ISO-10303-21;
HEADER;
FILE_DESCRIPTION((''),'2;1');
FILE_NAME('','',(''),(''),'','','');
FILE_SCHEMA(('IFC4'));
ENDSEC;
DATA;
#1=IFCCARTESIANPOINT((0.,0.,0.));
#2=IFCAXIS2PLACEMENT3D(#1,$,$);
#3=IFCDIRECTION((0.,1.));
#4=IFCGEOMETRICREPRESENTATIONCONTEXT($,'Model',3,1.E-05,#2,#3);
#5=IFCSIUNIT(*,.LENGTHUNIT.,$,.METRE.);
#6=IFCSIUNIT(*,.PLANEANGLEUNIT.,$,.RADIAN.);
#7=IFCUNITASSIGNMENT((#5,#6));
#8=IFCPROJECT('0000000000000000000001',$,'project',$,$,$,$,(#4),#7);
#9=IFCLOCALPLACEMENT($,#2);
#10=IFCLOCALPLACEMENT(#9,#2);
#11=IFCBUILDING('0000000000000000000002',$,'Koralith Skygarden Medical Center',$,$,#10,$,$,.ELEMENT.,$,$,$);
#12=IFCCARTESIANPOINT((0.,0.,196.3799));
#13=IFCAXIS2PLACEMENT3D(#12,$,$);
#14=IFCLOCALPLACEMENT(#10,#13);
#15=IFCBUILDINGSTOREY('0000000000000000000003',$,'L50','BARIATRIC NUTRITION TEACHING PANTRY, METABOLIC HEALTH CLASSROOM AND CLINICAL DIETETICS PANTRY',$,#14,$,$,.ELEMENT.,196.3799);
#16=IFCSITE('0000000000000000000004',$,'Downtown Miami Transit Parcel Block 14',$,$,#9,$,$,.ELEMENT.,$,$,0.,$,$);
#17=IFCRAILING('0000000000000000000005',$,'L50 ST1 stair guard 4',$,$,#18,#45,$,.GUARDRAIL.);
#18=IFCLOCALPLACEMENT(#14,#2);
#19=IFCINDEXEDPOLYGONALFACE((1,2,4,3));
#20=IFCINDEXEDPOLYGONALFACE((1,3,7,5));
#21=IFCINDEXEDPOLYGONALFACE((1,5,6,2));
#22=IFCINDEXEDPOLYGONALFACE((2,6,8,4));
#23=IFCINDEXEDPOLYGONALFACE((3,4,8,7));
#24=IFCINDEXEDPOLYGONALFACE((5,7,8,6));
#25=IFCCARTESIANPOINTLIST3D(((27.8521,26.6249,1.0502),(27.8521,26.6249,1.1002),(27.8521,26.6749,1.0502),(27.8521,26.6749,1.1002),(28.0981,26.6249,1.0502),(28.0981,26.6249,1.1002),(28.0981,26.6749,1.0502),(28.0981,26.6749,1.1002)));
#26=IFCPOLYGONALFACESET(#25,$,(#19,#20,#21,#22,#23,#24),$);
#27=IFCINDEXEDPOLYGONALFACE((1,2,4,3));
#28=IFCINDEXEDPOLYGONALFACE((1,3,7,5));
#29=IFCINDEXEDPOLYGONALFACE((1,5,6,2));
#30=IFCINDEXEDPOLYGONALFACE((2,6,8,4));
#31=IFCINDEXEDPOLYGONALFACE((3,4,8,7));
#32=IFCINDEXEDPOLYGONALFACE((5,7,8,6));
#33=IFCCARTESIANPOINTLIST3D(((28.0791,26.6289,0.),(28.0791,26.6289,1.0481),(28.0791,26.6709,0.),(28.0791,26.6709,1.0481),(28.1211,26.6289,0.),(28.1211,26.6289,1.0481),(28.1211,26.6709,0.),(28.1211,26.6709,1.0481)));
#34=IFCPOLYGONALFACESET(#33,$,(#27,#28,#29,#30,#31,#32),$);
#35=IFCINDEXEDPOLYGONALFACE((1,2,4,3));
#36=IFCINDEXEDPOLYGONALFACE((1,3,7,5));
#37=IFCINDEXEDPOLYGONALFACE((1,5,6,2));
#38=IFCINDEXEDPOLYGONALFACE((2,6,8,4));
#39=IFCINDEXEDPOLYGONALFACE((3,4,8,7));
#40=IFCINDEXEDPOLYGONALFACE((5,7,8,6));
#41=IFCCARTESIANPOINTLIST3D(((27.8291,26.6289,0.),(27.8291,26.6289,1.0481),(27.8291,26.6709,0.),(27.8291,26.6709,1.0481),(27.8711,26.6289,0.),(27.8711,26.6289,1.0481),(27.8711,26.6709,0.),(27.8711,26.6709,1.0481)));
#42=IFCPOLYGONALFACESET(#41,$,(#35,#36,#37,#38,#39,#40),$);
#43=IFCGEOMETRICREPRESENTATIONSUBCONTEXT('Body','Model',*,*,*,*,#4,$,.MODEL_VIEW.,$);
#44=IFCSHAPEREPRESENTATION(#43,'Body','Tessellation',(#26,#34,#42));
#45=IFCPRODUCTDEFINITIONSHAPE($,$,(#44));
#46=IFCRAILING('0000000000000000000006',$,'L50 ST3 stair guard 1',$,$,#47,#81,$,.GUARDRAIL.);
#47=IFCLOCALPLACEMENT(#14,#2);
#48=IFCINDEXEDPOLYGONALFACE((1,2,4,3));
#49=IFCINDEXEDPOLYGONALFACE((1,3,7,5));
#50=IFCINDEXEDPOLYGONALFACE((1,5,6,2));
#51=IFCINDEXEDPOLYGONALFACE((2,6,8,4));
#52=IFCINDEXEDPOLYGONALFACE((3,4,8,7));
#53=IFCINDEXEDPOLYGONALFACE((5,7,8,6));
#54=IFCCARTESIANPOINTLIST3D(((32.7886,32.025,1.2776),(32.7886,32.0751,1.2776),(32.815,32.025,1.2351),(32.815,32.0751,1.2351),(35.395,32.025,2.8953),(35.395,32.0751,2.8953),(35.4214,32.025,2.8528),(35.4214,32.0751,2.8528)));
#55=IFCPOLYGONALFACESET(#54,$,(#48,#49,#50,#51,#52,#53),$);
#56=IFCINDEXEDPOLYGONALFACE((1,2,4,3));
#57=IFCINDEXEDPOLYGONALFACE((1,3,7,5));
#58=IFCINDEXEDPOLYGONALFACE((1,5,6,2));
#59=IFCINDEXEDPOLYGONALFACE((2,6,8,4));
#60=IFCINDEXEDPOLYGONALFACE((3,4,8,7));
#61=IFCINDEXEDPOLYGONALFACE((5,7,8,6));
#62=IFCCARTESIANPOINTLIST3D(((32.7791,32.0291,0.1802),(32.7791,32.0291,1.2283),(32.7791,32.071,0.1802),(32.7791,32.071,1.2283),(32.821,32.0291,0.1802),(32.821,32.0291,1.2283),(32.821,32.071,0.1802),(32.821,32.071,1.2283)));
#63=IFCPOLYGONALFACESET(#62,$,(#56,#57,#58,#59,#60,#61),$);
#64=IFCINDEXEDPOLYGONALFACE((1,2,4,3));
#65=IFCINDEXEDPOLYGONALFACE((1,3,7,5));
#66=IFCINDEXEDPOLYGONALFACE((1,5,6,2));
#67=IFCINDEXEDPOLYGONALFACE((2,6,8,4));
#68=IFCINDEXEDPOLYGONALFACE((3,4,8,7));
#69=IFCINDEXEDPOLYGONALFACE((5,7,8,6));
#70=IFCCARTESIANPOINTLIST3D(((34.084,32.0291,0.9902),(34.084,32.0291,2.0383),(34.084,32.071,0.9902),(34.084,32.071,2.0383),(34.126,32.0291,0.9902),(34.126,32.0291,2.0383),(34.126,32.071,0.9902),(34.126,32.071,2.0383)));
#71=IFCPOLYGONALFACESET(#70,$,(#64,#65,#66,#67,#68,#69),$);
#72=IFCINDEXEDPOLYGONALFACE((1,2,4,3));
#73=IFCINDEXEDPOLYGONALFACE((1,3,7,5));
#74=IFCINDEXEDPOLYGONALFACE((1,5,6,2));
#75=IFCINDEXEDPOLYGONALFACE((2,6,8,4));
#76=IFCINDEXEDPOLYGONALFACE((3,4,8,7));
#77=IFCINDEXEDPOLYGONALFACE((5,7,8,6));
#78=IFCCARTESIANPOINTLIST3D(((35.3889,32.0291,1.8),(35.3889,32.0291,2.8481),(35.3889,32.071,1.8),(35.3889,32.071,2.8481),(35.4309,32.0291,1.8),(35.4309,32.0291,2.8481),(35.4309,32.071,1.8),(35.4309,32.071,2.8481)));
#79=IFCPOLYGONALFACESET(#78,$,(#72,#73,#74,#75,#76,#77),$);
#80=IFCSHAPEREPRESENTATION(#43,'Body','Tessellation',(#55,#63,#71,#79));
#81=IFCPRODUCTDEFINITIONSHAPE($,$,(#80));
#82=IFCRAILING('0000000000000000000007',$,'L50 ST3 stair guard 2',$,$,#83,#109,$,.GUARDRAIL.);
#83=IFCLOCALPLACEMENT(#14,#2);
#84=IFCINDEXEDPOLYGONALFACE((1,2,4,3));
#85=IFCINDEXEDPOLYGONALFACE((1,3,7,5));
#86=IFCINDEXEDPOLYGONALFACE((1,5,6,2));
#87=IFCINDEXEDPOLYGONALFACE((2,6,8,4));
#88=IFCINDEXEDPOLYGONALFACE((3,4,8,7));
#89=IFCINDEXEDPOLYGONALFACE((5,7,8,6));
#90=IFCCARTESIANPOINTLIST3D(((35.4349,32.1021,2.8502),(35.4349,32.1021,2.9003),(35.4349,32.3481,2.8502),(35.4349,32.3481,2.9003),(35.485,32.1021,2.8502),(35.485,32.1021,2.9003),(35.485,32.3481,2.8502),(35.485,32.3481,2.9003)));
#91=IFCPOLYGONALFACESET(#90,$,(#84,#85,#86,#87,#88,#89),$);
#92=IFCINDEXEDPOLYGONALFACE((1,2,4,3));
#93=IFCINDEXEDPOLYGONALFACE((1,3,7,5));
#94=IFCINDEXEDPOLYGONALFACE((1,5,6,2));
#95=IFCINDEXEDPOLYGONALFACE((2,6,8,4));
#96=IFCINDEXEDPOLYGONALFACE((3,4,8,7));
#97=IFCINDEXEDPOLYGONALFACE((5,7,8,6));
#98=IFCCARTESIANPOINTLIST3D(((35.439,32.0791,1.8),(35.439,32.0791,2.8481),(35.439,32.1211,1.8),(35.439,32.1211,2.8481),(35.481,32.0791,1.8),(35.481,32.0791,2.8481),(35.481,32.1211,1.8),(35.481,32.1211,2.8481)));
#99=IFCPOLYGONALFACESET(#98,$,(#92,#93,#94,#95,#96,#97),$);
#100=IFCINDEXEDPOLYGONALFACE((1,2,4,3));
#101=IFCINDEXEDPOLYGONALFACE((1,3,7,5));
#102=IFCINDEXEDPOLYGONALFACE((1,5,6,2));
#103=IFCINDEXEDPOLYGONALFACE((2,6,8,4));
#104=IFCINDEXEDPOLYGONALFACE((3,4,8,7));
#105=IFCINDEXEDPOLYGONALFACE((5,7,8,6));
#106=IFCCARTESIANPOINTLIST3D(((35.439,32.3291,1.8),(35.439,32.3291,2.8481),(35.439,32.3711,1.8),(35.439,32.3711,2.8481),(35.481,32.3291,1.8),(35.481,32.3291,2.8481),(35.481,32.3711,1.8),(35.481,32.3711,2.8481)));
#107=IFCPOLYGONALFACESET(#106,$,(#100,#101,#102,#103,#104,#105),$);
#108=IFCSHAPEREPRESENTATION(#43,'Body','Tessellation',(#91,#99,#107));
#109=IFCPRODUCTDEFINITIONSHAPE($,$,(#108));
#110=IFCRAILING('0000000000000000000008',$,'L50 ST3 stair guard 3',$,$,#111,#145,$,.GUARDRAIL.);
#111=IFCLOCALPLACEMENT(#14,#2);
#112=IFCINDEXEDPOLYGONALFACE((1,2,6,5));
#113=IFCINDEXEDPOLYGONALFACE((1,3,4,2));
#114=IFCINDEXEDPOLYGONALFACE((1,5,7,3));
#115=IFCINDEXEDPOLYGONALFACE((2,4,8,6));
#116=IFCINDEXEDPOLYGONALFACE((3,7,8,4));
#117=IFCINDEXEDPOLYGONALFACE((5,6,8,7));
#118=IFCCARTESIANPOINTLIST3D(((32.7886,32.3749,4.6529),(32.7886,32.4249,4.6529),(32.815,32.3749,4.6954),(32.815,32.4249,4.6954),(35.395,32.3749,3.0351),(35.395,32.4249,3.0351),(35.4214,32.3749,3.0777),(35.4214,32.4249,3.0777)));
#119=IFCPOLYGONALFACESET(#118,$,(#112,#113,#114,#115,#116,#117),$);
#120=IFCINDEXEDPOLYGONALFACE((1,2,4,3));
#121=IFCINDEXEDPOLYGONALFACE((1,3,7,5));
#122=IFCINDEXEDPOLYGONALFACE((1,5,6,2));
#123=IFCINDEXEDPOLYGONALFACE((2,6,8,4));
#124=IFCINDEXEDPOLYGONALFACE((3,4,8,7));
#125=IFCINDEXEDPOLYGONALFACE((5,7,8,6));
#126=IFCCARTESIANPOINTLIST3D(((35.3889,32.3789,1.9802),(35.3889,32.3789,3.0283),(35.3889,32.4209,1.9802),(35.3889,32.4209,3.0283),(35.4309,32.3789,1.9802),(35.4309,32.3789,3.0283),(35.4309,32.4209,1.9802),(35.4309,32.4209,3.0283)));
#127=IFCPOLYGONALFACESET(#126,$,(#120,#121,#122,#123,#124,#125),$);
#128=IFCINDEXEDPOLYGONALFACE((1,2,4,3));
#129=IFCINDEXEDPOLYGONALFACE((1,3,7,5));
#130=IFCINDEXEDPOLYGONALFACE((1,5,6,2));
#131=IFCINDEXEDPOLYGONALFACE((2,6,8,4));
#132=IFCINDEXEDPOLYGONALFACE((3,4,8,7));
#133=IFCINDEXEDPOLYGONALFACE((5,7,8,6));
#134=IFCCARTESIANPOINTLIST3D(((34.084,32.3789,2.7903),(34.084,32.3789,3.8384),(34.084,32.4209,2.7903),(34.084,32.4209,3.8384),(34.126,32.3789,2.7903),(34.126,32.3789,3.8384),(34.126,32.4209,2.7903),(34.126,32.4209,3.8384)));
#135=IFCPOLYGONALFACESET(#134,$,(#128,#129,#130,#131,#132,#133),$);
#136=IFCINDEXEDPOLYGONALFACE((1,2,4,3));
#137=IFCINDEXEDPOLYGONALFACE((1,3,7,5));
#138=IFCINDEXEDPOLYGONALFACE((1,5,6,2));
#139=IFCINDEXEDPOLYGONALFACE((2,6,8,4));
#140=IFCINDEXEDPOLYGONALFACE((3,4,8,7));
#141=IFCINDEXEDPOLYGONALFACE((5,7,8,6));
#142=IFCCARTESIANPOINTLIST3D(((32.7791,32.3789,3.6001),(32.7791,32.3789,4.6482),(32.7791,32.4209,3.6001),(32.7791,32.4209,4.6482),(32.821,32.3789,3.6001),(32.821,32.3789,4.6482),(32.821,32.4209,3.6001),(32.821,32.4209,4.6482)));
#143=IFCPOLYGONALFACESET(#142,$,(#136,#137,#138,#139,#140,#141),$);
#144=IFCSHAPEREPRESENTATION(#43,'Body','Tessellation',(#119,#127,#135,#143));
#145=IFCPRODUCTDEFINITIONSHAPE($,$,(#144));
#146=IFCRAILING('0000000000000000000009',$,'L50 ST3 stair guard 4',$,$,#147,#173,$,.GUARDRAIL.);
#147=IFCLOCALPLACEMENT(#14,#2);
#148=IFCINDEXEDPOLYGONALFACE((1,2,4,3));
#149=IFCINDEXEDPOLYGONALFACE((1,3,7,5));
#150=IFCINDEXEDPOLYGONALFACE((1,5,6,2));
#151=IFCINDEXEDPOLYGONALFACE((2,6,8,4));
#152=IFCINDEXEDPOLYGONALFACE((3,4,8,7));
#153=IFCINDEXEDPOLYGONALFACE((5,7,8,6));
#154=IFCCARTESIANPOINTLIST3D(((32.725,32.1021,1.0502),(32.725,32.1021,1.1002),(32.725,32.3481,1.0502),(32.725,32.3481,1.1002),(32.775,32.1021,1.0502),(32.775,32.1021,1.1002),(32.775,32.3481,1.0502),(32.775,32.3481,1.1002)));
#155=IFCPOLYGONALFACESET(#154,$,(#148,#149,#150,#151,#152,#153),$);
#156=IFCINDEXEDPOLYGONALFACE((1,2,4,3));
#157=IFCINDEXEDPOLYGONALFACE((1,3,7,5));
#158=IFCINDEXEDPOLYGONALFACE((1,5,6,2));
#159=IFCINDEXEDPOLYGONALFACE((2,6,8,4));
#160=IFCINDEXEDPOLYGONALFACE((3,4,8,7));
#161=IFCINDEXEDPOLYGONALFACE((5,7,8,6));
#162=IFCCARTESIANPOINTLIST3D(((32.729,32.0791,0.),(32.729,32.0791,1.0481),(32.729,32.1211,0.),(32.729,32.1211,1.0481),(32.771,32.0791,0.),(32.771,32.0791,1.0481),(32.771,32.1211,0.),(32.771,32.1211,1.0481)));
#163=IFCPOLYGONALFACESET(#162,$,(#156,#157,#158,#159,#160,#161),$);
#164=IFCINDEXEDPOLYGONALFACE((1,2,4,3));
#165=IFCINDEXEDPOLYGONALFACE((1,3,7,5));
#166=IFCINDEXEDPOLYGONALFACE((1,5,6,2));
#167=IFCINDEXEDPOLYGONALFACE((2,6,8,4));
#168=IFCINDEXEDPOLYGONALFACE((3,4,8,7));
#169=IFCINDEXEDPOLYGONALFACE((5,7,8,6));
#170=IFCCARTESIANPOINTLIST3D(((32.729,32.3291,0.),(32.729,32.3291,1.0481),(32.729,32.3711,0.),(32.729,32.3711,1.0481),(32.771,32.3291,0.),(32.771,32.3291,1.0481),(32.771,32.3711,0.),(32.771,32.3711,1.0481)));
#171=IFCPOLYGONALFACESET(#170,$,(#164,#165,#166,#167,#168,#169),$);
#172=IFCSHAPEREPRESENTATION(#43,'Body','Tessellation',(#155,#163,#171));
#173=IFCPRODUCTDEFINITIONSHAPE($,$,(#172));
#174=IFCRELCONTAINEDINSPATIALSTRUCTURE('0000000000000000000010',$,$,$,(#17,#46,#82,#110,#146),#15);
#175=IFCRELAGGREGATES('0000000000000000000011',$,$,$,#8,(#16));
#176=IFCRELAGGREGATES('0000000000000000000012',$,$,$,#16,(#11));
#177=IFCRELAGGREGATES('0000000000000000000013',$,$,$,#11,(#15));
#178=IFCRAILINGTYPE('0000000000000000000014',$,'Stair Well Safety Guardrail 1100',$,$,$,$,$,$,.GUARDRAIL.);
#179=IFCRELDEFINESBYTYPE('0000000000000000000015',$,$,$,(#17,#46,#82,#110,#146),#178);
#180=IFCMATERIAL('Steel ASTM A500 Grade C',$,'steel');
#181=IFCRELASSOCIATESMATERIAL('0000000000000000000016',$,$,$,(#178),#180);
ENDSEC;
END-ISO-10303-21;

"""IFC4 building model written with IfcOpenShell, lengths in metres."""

from ifc_helpers import new_model, si_unit, direction, frame, origin, origin_2d, place, context, subcontext, project, spatial, rectangle, extrude, material, type_object, element, save


model = new_model("IFC4")

# Units and contexts
model_context = context("Model", 3, precision=1e-05, world=origin(), true_north=direction((0.0, 1.0)))
body_context = subcontext(model_context, "Body", "Model", "MODEL_VIEW")
ifc_project = project(units=[si_unit("LENGTHUNIT", "METRE"), si_unit("PLANEANGLEUNIT", "RADIAN")], contexts=[model_context])

# Site, building, storey
site_placement = place(None, origin())
site = spatial("IfcSite", under=ifc_project, at=site_placement, Name="Downtown Miami Transit Parcel Block 14", CompositionType="ELEMENT", RefElevation=0.0)
building_placement = place(site_placement, origin())
building = spatial("IfcBuilding", under=site, at=building_placement, Name="Koralith Skygarden Medical Center", CompositionType="ELEMENT")
storey_placement = place(building_placement, frame((0.0, 0.0, 196.3799)))
storey = spatial("IfcBuildingStorey", under=building, at=storey_placement, Name="L50", Description="BARIATRIC NUTRITION TEACHING PANTRY, METABOLIC HEALTH CLASSROOM AND CLINICAL DIETETICS PANTRY", CompositionType="ELEMENT", Elevation=196.3799)

# Railings
ifc_material_1 = material(Name="Steel ASTM A500 Grade C", Category="steel")
railing_type_1 = type_object("IfcRailingType", Name="Stair Well Safety Guardrail 1100", PredefinedType="GUARDRAIL", material=ifc_material_1)
for number, where, name in (
    (1, (28.1001, 26.6499, 0.0), "L50 ST1 stair guard 4"),
):
    element("IfcRailing", number, at=place(storey_placement, frame(where)), inside=storey, type_object=railing_type_1, Name=name, PredefinedType="GUARDRAIL", context=body_context, shape_type="SweptSolid", body=[
        extrude(rectangle(XDim=0.05, YDim=0.05, at=origin_2d()), frame((-0.002, 0.0, 1.0752), z_axis=(-1.0, 0.0, 0.0), x_axis=(0.0, -1.0, 0.0)), (0.0, 0.0, 1.0), 0.2461),
        extrude(rectangle(XDim=0.042, YDim=0.042, at=origin_2d()), origin(), (0.0, 0.0, 1.0), 1.0481),
        extrude(rectangle(XDim=0.042, YDim=0.042, at=origin_2d()), frame((-0.25, 0.0, 0.0)), (0.0, 0.0, 1.0), 1.0481),
    ])
railing_1_placement = place(storey_placement, frame((32.8, 32.05, 0.1802)))
element("IfcRailing", 2, at=railing_1_placement, inside=storey, type_object=railing_type_1, Name="L50 ST3 stair guard 1", PredefinedType="GUARDRAIL", context=body_context, shape_type="SweptSolid", body=[
    extrude(rectangle(XDim=0.05, YDim=0.05, at=origin_2d()), frame((0.0017, 0.0, 1.0762), z_axis=(0.849646, 0.0, 0.527353), x_axis=(0.0, 1.0, 0.0)), (0.0, 0.0, 1.0), 3.0676),
    extrude(rectangle(XDim=0.042, YDim=0.042, at=origin_2d()), origin(), (0.0, 0.0, 1.0), 1.0481),
    extrude(rectangle(XDim=0.042, YDim=0.042, at=origin_2d()), frame((1.3049, 0.0, 0.8101)), (0.0, 0.0, 1.0), 1.0481),
    extrude(rectangle(XDim=0.042, YDim=0.042, at=origin_2d()), frame((2.6099, 0.0, 1.6199)), (0.0, 0.0, 1.0), 1.0481),
])
railing_2_placement = place(storey_placement, frame((35.46, 32.1001, 1.8)))
element("IfcRailing", 3, at=railing_2_placement, inside=storey, type_object=railing_type_1, Name="L50 ST3 stair guard 2", PredefinedType="GUARDRAIL", context=body_context, shape_type="SweptSolid", body=[
    extrude(rectangle(XDim=0.05, YDim=0.05, at=origin_2d()), frame((0.0, 0.002, 1.0752), z_axis=(0.0, 1.0, 0.0), x_axis=(-1.0, 0.0, 0.0)), (0.0, 0.0, 1.0), 0.2461),
    extrude(rectangle(XDim=0.042, YDim=0.042, at=origin_2d()), origin(), (0.0, 0.0, 1.0), 1.0481),
    extrude(rectangle(XDim=0.042, YDim=0.042, at=origin_2d()), frame((0.0, 0.25, 0.0)), (0.0, 0.0, 1.0), 1.0481),
])
railing_3_placement = place(storey_placement, frame((35.4099, 32.3999, 1.9802)))
element("IfcRailing", 4, at=railing_3_placement, inside=storey, type_object=railing_type_1, Name="L50 ST3 stair guard 3", PredefinedType="GUARDRAIL", context=body_context, shape_type="SweptSolid", body=[
    extrude(rectangle(XDim=0.05, YDim=0.05, at=origin_2d()), frame((-0.0017, 0.0, 1.0762), z_axis=(-0.849646, 0.0, 0.527353), x_axis=(0.0, -1.0, 0.0)), (0.0, 0.0, 1.0), 3.0676),
    extrude(rectangle(XDim=0.042, YDim=0.042, at=origin_2d()), origin(), (0.0, 0.0, 1.0), 1.0481),
    extrude(rectangle(XDim=0.042, YDim=0.042, at=origin_2d()), frame((-1.3049, 0.0, 0.8101)), (0.0, 0.0, 1.0), 1.0481),
    extrude(rectangle(XDim=0.042, YDim=0.042, at=origin_2d()), frame((-2.6099, 0.0, 1.6199)), (0.0, 0.0, 1.0), 1.0481),
])
railing_4_placement = place(storey_placement, frame((32.75, 32.1001, 0.0)))
element("IfcRailing", 5, at=railing_4_placement, inside=storey, type_object=railing_type_1, Name="L50 ST3 stair guard 4", PredefinedType="GUARDRAIL", context=body_context, shape_type="SweptSolid", body=[
    extrude(rectangle(XDim=0.05, YDim=0.05, at=origin_2d()), frame((0.0, 0.002, 1.0752), z_axis=(0.0, 1.0, 0.0), x_axis=(-1.0, 0.0, 0.0)), (0.0, 0.0, 1.0), 0.2461),
    extrude(rectangle(XDim=0.042, YDim=0.042, at=origin_2d()), origin(), (0.0, 0.0, 1.0), 1.0481),
    extrude(rectangle(XDim=0.042, YDim=0.042, at=origin_2d()), frame((0.0, 0.25, 0.0)), (0.0, 0.0, 1.0), 1.0481),
])

save(model, "model.ifc")
